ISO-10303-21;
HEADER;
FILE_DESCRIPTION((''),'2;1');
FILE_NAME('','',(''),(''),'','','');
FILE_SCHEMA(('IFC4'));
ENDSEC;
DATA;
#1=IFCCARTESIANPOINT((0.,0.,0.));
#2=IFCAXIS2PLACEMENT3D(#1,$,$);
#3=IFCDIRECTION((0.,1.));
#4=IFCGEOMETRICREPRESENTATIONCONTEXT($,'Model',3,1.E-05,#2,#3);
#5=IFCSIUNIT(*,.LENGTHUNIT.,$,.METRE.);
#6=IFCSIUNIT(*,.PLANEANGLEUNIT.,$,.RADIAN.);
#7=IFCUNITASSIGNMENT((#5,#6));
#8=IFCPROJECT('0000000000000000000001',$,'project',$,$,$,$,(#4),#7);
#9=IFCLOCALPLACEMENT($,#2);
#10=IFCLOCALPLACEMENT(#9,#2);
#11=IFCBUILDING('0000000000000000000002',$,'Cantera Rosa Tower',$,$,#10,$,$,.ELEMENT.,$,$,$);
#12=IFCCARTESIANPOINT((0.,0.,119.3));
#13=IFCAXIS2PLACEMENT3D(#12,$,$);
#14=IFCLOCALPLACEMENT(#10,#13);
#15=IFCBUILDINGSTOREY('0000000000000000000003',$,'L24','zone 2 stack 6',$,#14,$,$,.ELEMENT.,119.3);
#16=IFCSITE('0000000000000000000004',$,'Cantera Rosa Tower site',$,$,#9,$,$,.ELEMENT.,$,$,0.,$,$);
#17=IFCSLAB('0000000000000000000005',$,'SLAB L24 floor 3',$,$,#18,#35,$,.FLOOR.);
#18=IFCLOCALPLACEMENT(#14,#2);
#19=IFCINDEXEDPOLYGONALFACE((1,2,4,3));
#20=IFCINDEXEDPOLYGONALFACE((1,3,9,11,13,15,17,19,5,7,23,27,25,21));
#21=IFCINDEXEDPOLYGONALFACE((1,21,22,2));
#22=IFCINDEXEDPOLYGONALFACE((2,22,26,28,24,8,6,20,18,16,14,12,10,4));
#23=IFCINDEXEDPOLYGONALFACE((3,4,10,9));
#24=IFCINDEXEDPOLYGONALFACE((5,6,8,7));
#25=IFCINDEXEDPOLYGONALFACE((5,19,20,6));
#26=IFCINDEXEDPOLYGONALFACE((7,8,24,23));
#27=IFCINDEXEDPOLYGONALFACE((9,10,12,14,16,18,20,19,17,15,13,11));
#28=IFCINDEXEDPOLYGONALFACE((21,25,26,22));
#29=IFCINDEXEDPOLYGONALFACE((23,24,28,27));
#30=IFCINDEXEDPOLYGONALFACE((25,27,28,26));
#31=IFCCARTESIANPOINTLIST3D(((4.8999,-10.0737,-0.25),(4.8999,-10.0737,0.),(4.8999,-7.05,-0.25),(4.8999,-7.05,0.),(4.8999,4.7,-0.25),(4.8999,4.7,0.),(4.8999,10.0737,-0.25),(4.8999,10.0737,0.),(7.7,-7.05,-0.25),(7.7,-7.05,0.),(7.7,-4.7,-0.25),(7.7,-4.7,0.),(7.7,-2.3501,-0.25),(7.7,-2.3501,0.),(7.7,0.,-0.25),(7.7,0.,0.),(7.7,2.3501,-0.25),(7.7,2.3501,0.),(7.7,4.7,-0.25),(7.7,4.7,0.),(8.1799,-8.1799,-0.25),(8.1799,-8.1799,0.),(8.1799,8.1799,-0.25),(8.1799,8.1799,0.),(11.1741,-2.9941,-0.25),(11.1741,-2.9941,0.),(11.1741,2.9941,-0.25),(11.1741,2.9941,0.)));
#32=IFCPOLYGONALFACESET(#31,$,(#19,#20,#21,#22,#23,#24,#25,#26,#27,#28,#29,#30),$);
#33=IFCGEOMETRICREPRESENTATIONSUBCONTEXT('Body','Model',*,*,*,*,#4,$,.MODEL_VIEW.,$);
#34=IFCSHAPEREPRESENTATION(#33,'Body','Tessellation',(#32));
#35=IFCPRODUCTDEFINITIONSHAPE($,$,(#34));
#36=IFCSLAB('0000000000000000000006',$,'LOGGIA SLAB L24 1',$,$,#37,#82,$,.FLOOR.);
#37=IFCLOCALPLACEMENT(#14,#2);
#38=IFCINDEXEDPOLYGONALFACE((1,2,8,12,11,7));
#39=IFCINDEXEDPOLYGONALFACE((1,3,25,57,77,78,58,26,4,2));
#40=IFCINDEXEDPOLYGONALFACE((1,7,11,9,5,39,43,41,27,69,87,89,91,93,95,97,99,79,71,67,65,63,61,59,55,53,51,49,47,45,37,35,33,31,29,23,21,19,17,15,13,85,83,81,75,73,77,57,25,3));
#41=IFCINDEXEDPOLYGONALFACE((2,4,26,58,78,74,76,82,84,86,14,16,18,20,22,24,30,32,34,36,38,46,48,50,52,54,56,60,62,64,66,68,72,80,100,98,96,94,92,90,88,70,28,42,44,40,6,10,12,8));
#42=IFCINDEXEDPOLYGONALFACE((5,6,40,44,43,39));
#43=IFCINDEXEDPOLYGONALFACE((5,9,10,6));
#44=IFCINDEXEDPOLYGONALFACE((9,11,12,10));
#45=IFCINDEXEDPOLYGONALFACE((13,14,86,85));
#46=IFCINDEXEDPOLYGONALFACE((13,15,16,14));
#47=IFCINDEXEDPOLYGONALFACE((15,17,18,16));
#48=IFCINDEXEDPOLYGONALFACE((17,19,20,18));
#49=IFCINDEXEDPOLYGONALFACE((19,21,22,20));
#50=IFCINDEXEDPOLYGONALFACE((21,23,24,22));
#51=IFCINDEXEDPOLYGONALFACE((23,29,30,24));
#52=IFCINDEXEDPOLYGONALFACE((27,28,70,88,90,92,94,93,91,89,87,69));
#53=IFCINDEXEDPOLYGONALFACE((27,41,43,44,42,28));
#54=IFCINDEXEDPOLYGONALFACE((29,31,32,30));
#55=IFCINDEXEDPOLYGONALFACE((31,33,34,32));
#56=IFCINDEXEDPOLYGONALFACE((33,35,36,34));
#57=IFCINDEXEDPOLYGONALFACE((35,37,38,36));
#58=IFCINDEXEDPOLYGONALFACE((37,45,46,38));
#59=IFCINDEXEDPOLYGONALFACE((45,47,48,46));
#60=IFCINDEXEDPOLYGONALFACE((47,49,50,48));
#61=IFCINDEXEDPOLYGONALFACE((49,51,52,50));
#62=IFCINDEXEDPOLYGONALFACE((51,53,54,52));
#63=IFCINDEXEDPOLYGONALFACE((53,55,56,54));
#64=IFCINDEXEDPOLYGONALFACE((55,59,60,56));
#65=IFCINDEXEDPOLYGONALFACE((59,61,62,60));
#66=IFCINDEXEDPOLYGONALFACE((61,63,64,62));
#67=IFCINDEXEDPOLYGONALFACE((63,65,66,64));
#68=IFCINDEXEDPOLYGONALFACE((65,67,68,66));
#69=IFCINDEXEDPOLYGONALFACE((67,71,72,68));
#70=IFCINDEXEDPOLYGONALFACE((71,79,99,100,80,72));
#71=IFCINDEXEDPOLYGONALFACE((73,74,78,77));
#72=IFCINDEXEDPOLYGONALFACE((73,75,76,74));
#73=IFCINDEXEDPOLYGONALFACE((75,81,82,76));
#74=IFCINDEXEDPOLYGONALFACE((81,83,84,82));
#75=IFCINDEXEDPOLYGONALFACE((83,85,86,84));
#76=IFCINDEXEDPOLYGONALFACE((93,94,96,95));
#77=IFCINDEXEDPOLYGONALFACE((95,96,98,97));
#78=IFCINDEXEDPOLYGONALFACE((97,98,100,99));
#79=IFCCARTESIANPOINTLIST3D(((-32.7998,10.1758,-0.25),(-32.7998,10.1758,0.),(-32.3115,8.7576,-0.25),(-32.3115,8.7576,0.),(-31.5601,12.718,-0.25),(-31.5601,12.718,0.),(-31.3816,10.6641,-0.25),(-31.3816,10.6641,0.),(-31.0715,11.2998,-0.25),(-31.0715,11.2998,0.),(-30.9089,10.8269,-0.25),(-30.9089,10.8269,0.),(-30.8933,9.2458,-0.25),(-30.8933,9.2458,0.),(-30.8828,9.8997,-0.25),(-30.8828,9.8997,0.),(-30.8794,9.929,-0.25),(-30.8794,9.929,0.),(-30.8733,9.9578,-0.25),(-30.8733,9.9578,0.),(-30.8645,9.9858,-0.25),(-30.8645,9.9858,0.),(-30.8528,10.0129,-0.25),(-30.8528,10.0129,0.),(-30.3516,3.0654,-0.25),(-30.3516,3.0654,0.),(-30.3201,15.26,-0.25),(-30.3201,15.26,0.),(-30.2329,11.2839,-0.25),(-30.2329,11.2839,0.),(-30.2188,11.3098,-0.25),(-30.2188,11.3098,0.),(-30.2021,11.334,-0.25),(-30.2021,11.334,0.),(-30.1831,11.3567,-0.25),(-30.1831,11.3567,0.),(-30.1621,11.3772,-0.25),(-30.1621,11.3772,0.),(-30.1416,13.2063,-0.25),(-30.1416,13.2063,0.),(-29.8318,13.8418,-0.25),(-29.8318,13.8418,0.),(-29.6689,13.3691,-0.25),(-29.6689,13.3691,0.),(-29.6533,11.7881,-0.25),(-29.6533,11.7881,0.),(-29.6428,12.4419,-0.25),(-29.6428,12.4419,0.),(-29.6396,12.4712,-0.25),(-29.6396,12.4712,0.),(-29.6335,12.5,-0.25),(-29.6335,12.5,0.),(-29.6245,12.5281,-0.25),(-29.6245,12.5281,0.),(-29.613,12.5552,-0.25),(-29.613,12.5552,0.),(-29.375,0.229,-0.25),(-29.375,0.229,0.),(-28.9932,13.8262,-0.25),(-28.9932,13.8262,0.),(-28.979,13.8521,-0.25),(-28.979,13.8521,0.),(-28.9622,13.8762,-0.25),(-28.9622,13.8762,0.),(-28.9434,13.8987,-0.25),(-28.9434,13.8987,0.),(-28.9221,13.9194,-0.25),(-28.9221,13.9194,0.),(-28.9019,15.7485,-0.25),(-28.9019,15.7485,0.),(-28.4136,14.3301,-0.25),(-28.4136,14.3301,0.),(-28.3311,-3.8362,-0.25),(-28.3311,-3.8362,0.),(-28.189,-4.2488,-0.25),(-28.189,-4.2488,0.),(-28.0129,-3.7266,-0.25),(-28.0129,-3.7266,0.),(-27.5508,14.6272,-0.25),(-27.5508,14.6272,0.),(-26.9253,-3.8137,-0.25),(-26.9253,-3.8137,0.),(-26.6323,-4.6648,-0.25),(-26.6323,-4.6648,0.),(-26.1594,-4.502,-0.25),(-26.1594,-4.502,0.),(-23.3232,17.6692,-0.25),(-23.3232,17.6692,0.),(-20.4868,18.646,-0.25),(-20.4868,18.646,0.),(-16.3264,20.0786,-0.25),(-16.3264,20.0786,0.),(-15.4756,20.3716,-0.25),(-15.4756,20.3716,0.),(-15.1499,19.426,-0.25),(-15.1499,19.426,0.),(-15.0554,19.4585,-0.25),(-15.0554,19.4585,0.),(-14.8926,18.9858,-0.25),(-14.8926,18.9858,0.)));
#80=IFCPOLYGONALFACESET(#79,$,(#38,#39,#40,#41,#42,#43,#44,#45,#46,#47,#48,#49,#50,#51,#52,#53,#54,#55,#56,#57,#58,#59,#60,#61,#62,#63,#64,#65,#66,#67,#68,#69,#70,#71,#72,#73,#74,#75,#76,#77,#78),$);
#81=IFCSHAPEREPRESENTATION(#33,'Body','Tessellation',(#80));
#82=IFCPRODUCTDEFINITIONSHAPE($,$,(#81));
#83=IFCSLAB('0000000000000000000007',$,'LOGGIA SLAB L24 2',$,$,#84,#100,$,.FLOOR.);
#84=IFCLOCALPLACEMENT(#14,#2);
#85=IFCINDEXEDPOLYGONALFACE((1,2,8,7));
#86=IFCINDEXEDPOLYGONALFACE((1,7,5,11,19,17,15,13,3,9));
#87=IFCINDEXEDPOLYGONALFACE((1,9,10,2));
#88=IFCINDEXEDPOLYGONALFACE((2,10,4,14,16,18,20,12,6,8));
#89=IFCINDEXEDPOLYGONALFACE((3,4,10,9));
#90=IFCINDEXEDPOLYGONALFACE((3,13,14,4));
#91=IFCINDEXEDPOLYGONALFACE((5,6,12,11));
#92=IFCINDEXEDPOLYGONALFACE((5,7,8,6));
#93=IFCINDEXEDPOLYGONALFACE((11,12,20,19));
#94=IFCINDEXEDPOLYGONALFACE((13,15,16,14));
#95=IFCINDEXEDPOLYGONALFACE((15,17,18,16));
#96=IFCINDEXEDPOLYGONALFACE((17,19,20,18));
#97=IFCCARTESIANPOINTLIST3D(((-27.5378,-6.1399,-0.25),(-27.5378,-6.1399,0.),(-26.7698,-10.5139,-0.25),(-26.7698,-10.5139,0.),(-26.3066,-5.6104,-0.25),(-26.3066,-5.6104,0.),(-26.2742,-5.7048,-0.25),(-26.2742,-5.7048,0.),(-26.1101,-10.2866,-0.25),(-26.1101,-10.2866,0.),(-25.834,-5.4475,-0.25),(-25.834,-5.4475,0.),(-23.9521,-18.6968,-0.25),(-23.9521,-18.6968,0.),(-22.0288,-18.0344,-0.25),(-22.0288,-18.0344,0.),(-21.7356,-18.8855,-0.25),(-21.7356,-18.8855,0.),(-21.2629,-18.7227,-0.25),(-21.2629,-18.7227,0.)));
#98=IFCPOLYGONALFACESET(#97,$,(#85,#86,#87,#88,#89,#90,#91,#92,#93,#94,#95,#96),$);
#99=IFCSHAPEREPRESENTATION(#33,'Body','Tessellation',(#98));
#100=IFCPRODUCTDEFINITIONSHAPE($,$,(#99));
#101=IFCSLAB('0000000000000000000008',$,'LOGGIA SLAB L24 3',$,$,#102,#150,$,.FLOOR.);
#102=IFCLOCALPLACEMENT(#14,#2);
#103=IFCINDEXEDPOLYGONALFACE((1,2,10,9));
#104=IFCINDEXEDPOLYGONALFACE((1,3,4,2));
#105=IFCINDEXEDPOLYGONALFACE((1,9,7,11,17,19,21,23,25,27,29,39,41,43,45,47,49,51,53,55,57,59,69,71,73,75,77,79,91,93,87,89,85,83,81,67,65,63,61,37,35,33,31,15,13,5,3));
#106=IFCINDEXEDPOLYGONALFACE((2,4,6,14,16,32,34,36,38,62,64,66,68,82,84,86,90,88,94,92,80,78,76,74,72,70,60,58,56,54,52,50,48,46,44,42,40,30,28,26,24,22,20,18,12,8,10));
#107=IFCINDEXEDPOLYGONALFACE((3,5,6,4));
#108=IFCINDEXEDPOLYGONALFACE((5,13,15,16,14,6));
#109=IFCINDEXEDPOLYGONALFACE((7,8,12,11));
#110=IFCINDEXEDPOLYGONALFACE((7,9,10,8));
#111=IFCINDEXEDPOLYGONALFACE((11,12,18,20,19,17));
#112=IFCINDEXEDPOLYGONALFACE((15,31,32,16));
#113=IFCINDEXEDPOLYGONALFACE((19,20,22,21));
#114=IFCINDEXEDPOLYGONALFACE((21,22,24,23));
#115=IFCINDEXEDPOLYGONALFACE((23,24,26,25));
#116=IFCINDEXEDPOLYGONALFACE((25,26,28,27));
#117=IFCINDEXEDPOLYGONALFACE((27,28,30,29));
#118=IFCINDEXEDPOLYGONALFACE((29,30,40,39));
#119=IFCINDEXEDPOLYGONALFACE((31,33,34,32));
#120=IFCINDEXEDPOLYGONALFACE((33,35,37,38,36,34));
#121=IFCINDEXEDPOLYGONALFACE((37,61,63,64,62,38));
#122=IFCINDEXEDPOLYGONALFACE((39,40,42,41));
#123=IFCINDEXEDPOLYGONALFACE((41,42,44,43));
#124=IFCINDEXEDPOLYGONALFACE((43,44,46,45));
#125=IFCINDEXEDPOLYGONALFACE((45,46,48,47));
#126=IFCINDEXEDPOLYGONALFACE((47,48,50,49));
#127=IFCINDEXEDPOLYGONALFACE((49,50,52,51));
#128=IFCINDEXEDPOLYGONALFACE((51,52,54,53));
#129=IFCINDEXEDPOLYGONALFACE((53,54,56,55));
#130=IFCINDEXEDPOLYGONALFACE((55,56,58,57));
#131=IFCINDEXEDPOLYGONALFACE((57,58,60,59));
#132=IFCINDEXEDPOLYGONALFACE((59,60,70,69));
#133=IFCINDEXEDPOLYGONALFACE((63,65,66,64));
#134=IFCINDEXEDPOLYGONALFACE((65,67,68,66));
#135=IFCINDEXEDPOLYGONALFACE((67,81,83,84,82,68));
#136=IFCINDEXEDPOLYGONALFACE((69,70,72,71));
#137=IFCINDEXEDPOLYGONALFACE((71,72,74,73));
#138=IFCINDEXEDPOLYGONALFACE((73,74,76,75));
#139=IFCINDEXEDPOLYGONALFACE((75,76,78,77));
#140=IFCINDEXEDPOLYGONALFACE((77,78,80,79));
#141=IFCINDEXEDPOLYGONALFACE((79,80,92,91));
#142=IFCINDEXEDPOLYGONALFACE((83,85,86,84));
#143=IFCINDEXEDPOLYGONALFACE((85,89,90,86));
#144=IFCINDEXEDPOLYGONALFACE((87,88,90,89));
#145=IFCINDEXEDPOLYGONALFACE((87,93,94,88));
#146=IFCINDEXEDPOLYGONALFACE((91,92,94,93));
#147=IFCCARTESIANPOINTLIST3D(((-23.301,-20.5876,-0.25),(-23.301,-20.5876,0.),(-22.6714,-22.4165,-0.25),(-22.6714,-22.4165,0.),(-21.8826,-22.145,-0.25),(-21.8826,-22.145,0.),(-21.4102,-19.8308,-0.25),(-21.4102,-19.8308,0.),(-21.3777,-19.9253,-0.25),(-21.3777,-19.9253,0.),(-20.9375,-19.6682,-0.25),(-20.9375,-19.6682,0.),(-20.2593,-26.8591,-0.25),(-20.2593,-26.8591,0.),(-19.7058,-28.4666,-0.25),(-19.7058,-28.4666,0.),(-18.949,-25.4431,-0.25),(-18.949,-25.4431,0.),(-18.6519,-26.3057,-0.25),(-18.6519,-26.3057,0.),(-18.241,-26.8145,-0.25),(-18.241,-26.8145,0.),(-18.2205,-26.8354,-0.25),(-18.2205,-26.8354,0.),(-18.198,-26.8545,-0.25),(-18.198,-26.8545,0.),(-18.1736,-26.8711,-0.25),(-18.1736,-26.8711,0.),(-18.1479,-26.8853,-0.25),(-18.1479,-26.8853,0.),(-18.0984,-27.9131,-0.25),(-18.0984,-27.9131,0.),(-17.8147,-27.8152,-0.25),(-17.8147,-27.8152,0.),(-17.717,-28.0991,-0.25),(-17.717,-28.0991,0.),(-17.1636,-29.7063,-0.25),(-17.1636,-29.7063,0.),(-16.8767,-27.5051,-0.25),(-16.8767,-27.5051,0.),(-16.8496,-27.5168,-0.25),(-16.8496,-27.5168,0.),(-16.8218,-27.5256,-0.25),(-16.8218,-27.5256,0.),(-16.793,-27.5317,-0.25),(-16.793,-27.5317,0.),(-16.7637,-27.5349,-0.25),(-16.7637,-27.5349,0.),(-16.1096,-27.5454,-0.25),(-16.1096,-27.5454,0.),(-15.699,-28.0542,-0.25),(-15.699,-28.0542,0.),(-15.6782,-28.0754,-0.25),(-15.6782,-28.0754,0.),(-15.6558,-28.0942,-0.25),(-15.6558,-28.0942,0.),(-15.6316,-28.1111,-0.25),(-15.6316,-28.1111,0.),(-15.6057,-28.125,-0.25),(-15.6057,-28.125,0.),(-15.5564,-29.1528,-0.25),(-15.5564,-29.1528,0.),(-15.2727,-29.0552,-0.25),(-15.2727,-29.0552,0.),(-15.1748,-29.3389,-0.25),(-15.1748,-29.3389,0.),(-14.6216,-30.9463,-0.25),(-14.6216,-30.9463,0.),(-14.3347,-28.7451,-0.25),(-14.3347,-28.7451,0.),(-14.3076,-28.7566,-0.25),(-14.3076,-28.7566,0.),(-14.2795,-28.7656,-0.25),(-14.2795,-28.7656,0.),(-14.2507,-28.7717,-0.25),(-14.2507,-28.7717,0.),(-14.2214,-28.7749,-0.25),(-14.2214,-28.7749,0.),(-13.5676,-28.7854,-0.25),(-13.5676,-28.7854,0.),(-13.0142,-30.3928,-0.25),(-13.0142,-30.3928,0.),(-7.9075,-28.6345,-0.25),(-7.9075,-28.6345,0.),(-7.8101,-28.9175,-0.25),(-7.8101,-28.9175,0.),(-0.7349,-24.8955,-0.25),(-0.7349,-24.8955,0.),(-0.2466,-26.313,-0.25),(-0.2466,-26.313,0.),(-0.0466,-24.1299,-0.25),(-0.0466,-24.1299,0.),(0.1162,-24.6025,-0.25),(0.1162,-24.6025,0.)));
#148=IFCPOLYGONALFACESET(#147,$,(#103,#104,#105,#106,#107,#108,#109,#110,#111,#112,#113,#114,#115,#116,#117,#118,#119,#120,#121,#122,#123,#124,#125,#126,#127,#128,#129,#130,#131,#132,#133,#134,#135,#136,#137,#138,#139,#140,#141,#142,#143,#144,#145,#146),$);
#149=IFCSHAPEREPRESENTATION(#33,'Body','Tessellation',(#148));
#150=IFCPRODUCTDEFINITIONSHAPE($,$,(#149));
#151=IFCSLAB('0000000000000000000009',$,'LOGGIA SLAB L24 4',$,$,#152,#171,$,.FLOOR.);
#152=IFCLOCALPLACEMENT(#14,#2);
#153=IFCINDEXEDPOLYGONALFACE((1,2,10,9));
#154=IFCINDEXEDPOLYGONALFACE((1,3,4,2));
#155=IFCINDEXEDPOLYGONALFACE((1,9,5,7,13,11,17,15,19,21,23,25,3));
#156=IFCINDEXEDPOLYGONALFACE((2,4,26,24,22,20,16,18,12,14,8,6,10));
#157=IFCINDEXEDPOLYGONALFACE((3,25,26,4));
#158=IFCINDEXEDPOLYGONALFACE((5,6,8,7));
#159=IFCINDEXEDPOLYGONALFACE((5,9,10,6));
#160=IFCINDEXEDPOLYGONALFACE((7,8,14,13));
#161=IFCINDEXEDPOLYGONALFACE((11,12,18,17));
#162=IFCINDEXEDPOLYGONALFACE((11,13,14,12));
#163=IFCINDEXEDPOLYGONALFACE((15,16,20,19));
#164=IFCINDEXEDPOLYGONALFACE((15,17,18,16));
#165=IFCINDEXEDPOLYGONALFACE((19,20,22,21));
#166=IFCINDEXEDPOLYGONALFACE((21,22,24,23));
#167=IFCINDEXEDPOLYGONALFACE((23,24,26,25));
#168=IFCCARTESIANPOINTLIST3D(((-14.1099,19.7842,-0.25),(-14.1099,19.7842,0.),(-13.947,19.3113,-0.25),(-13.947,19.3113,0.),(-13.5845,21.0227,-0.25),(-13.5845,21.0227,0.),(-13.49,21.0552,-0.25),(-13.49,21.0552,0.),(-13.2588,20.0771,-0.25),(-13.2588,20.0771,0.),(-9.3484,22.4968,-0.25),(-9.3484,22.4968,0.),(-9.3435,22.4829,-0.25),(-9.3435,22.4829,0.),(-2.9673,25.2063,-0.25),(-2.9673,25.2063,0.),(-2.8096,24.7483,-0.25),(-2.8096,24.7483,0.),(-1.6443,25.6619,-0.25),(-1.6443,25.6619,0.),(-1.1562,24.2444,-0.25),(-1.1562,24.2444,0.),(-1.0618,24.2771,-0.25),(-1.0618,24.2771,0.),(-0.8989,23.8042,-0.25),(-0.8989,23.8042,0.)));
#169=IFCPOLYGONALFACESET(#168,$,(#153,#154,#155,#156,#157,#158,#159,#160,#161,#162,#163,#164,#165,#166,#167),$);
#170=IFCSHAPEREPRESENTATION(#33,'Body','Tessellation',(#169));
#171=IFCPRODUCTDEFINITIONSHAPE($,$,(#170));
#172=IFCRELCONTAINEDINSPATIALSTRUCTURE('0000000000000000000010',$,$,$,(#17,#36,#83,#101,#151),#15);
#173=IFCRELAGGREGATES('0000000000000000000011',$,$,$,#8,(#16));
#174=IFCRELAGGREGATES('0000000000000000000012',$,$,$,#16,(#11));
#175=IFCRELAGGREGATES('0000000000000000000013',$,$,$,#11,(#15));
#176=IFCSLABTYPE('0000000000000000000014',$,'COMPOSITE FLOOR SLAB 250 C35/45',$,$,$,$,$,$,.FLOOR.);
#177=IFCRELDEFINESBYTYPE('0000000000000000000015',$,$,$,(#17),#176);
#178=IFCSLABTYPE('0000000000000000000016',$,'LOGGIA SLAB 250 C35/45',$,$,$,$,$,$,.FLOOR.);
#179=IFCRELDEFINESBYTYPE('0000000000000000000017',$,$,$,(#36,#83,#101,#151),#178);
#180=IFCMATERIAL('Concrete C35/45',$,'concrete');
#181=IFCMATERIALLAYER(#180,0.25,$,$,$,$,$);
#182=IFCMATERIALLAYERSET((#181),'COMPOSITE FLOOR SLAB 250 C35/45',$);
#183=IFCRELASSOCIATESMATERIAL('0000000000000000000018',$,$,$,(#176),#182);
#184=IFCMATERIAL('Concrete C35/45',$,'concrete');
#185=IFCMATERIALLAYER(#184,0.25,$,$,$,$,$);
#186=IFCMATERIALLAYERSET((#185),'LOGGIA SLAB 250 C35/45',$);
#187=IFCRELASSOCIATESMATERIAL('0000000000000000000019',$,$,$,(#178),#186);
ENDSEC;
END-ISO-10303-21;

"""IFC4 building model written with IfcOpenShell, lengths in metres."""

from ifc_helpers import new_model, si_unit, direction, frame, origin, place, context, subcontext, project, spatial, polyline, outline, extrude, material, layer, layer_set, type_object, element, save


model = new_model("IFC4")

# Units and contexts
model_context = context("Model", 3, precision=1e-05, world=origin(), true_north=direction((0.0, 1.0)))
body_context = subcontext(model_context, "Body", "Model", "MODEL_VIEW")
ifc_project = project(units=[si_unit("LENGTHUNIT", "METRE"), si_unit("PLANEANGLEUNIT", "RADIAN")], contexts=[model_context])

# Site, building, storey
site_placement = place(None, origin())
site = spatial("IfcSite", under=ifc_project, at=site_placement, Name="Cantera Rosa Tower site", CompositionType="ELEMENT", RefElevation=0.0)
building_placement = place(site_placement, origin())
building = spatial("IfcBuilding", under=site, at=building_placement, Name="Cantera Rosa Tower", CompositionType="ELEMENT")
storey_placement = place(building_placement, frame((0.0, 0.0, 119.3)))
storey = spatial("IfcBuildingStorey", under=building, at=storey_placement, Name="L24", Description="zone 2 stack 6", CompositionType="ELEMENT", Elevation=119.3)

# Slabs
ifc_material_1 = material(Name="Concrete C35/45", Category="concrete")
ifc_layer_1 = layer(ifc_material_1, 0.25)
ifc_layer_set_1 = layer_set([ifc_layer_1], Name="COMPOSITE FLOOR SLAB 250 C35/45")
slab_type_1 = type_object("IfcSlabType", Name="COMPOSITE FLOOR SLAB 250 C35/45", PredefinedType="FLOOR", material=ifc_layer_set_1)
slab_1_placement = place(storey_placement, frame((0.0, 0.0, -0.25)))
element("IfcSlab", 1, at=slab_1_placement, inside=storey, type_object=slab_type_1, Name="SLAB L24 floor 3", PredefinedType="FLOOR", context=body_context, shape_type="SweptSolid", body=[
    extrude(outline(polyline([(7.7, 0.0), (7.7, 2.3501), (7.7, 4.7), (4.8999, 4.7), (4.8999, 10.0737), (8.1799, 8.1799), (11.1741, 2.9941), (11.1741, -2.9941), (8.1799, -8.1799), (4.8999, -10.0737), (4.8999, -7.05), (7.7, -7.05), (7.7, -4.7), (7.7, -2.3501), (7.7, 0.0)])), origin(), (0.0, 0.0, 1.0), 0.25),
])
ifc_material_2 = material(Name="Concrete C35/45", Category="concrete")
ifc_layer_2 = layer(ifc_material_2, 0.25)
ifc_layer_set_2 = layer_set([ifc_layer_2], Name="LOGGIA SLAB 250 C35/45")
slab_type_2 = type_object("IfcSlabType", Name="LOGGIA SLAB 250 C35/45", PredefinedType="FLOOR", material=ifc_layer_set_2)
slab_2_placement = place(storey_placement, frame((0.0, 0.0, -0.25)))
element("IfcSlab", 2, at=slab_2_placement, inside=storey, type_object=slab_type_2, Name="LOGGIA SLAB L24 1", PredefinedType="FLOOR", context=body_context, shape_type="SweptSolid", body=[
    extrude(outline(polyline([(-29.375, 0.229), (-30.3516, 3.0654), (-32.3115, 8.7576), (-32.7998, 10.1758), (-31.3816, 10.6641), (-30.9089, 10.8269), (-31.0715, 11.2998), (-31.5601, 12.718), (-30.1416, 13.2063), (-29.6689, 13.3691), (-29.8318, 13.8418), (-30.3201, 15.26), (-28.9019, 15.7485), (-23.3232, 17.6692), (-20.4868, 18.646), (-16.3264, 20.0786), (-15.4756, 20.3716), (-15.1499, 19.426), (-15.0554, 19.4585), (-14.8926, 18.9858), (-27.5508, 14.6272), (-28.4136, 14.3301), (-28.9221, 13.9194), (-28.9434, 13.8987), (-28.9622, 13.8762), (-28.979, 13.8521), (-28.9932, 13.8262), (-29.613, 12.5552), (-29.6245, 12.5281), (-29.6335, 12.5), (-29.6396, 12.4712), (-29.6428, 12.4419), (-29.6533, 11.7881), (-30.1621, 11.3772), (-30.1831, 11.3567), (-30.2021, 11.334), (-30.2188, 11.3098), (-30.2329, 11.2839), (-30.8528, 10.0129), (-30.8645, 9.9858), (-30.8733, 9.9578), (-30.8794, 9.929), (-30.8828, 9.8997), (-30.8933, 9.2458), (-26.1594, -4.502), (-26.6323, -4.6648), (-26.9253, -3.8137), (-28.189, -4.2488), (-28.3311, -3.8362), (-28.0129, -3.7266), (-29.375, 0.229)])), origin(), (0.0, 0.0, 1.0), 0.25),
])
slab_3_placement = place(storey_placement, frame((0.0, 0.0, -0.25)))
element("IfcSlab", 3, at=slab_3_placement, inside=storey, type_object=slab_type_2, Name="LOGGIA SLAB L24 2", PredefinedType="FLOOR", context=body_context, shape_type="SweptSolid", body=[
    extrude(outline(polyline([(-27.5378, -6.1399), (-26.2742, -5.7048), (-26.3066, -5.6104), (-25.834, -5.4475), (-21.2629, -18.7227), (-21.7356, -18.8855), (-22.0288, -18.0344), (-23.9521, -18.6968), (-26.7698, -10.5139), (-26.1101, -10.2866), (-27.5378, -6.1399)])), origin(), (0.0, 0.0, 1.0), 0.25),
])
slab_4_placement = place(storey_placement, frame((0.0, 0.0, -0.25)))
element("IfcSlab", 4, at=slab_4_placement, inside=storey, type_object=slab_type_2, Name="LOGGIA SLAB L24 3", PredefinedType="FLOOR", context=body_context, shape_type="SweptSolid", body=[
    extrude(outline(polyline([(-13.0142, -30.3928), (-14.6216, -30.9463), (-15.1748, -29.3389), (-15.2727, -29.0552), (-15.5564, -29.1528), (-17.1636, -29.7063), (-17.717, -28.0991), (-17.8147, -27.8152), (-18.0984, -27.9131), (-19.7058, -28.4666), (-20.2593, -26.8591), (-21.8826, -22.145), (-22.6714, -22.4165), (-23.301, -20.5876), (-21.3777, -19.9253), (-21.4102, -19.8308), (-20.9375, -19.6682), (-18.949, -25.4431), (-18.6519, -26.3057), (-18.241, -26.8145), (-18.2205, -26.8354), (-18.198, -26.8545), (-18.1736, -26.8711), (-18.1479, -26.8853), (-16.8767, -27.5051), (-16.8496, -27.5168), (-16.8218, -27.5256), (-16.793, -27.5317), (-16.7637, -27.5349), (-16.1096, -27.5454), (-15.699, -28.0542), (-15.6782, -28.0754), (-15.6558, -28.0942), (-15.6316, -28.1111), (-15.6057, -28.125), (-14.3347, -28.7451), (-14.3076, -28.7566), (-14.2795, -28.7656), (-14.2507, -28.7717), (-14.2214, -28.7749), (-13.5676, -28.7854), (-0.0466, -24.1299), (0.1162, -24.6025), (-0.7349, -24.8955), (-0.2466, -26.313), (-7.8101, -28.9175), (-7.9075, -28.6345), (-13.0142, -30.3928)])), origin(), (0.0, 0.0, 1.0), 0.25),
])
slab_5_placement = place(storey_placement, frame((0.0, 0.0, -0.25)))
element("IfcSlab", 5, at=slab_5_placement, inside=storey, type_object=slab_type_2, Name="LOGGIA SLAB L24 4", PredefinedType="FLOOR", context=body_context, shape_type="SweptSolid", body=[
    extrude(outline(polyline([(-9.3484, 22.4968), (-2.8096, 24.7483), (-2.9673, 25.2063), (-1.6443, 25.6619), (-1.1562, 24.2444), (-1.0618, 24.2771), (-0.8989, 23.8042), (-13.947, 19.3113), (-14.1099, 19.7842), (-13.2588, 20.0771), (-13.5845, 21.0227), (-13.49, 21.0552), (-9.3435, 22.4829), (-9.3484, 22.4968)])), origin(), (0.0, 0.0, 1.0), 0.25),
])

save(model, "model.ifc")
